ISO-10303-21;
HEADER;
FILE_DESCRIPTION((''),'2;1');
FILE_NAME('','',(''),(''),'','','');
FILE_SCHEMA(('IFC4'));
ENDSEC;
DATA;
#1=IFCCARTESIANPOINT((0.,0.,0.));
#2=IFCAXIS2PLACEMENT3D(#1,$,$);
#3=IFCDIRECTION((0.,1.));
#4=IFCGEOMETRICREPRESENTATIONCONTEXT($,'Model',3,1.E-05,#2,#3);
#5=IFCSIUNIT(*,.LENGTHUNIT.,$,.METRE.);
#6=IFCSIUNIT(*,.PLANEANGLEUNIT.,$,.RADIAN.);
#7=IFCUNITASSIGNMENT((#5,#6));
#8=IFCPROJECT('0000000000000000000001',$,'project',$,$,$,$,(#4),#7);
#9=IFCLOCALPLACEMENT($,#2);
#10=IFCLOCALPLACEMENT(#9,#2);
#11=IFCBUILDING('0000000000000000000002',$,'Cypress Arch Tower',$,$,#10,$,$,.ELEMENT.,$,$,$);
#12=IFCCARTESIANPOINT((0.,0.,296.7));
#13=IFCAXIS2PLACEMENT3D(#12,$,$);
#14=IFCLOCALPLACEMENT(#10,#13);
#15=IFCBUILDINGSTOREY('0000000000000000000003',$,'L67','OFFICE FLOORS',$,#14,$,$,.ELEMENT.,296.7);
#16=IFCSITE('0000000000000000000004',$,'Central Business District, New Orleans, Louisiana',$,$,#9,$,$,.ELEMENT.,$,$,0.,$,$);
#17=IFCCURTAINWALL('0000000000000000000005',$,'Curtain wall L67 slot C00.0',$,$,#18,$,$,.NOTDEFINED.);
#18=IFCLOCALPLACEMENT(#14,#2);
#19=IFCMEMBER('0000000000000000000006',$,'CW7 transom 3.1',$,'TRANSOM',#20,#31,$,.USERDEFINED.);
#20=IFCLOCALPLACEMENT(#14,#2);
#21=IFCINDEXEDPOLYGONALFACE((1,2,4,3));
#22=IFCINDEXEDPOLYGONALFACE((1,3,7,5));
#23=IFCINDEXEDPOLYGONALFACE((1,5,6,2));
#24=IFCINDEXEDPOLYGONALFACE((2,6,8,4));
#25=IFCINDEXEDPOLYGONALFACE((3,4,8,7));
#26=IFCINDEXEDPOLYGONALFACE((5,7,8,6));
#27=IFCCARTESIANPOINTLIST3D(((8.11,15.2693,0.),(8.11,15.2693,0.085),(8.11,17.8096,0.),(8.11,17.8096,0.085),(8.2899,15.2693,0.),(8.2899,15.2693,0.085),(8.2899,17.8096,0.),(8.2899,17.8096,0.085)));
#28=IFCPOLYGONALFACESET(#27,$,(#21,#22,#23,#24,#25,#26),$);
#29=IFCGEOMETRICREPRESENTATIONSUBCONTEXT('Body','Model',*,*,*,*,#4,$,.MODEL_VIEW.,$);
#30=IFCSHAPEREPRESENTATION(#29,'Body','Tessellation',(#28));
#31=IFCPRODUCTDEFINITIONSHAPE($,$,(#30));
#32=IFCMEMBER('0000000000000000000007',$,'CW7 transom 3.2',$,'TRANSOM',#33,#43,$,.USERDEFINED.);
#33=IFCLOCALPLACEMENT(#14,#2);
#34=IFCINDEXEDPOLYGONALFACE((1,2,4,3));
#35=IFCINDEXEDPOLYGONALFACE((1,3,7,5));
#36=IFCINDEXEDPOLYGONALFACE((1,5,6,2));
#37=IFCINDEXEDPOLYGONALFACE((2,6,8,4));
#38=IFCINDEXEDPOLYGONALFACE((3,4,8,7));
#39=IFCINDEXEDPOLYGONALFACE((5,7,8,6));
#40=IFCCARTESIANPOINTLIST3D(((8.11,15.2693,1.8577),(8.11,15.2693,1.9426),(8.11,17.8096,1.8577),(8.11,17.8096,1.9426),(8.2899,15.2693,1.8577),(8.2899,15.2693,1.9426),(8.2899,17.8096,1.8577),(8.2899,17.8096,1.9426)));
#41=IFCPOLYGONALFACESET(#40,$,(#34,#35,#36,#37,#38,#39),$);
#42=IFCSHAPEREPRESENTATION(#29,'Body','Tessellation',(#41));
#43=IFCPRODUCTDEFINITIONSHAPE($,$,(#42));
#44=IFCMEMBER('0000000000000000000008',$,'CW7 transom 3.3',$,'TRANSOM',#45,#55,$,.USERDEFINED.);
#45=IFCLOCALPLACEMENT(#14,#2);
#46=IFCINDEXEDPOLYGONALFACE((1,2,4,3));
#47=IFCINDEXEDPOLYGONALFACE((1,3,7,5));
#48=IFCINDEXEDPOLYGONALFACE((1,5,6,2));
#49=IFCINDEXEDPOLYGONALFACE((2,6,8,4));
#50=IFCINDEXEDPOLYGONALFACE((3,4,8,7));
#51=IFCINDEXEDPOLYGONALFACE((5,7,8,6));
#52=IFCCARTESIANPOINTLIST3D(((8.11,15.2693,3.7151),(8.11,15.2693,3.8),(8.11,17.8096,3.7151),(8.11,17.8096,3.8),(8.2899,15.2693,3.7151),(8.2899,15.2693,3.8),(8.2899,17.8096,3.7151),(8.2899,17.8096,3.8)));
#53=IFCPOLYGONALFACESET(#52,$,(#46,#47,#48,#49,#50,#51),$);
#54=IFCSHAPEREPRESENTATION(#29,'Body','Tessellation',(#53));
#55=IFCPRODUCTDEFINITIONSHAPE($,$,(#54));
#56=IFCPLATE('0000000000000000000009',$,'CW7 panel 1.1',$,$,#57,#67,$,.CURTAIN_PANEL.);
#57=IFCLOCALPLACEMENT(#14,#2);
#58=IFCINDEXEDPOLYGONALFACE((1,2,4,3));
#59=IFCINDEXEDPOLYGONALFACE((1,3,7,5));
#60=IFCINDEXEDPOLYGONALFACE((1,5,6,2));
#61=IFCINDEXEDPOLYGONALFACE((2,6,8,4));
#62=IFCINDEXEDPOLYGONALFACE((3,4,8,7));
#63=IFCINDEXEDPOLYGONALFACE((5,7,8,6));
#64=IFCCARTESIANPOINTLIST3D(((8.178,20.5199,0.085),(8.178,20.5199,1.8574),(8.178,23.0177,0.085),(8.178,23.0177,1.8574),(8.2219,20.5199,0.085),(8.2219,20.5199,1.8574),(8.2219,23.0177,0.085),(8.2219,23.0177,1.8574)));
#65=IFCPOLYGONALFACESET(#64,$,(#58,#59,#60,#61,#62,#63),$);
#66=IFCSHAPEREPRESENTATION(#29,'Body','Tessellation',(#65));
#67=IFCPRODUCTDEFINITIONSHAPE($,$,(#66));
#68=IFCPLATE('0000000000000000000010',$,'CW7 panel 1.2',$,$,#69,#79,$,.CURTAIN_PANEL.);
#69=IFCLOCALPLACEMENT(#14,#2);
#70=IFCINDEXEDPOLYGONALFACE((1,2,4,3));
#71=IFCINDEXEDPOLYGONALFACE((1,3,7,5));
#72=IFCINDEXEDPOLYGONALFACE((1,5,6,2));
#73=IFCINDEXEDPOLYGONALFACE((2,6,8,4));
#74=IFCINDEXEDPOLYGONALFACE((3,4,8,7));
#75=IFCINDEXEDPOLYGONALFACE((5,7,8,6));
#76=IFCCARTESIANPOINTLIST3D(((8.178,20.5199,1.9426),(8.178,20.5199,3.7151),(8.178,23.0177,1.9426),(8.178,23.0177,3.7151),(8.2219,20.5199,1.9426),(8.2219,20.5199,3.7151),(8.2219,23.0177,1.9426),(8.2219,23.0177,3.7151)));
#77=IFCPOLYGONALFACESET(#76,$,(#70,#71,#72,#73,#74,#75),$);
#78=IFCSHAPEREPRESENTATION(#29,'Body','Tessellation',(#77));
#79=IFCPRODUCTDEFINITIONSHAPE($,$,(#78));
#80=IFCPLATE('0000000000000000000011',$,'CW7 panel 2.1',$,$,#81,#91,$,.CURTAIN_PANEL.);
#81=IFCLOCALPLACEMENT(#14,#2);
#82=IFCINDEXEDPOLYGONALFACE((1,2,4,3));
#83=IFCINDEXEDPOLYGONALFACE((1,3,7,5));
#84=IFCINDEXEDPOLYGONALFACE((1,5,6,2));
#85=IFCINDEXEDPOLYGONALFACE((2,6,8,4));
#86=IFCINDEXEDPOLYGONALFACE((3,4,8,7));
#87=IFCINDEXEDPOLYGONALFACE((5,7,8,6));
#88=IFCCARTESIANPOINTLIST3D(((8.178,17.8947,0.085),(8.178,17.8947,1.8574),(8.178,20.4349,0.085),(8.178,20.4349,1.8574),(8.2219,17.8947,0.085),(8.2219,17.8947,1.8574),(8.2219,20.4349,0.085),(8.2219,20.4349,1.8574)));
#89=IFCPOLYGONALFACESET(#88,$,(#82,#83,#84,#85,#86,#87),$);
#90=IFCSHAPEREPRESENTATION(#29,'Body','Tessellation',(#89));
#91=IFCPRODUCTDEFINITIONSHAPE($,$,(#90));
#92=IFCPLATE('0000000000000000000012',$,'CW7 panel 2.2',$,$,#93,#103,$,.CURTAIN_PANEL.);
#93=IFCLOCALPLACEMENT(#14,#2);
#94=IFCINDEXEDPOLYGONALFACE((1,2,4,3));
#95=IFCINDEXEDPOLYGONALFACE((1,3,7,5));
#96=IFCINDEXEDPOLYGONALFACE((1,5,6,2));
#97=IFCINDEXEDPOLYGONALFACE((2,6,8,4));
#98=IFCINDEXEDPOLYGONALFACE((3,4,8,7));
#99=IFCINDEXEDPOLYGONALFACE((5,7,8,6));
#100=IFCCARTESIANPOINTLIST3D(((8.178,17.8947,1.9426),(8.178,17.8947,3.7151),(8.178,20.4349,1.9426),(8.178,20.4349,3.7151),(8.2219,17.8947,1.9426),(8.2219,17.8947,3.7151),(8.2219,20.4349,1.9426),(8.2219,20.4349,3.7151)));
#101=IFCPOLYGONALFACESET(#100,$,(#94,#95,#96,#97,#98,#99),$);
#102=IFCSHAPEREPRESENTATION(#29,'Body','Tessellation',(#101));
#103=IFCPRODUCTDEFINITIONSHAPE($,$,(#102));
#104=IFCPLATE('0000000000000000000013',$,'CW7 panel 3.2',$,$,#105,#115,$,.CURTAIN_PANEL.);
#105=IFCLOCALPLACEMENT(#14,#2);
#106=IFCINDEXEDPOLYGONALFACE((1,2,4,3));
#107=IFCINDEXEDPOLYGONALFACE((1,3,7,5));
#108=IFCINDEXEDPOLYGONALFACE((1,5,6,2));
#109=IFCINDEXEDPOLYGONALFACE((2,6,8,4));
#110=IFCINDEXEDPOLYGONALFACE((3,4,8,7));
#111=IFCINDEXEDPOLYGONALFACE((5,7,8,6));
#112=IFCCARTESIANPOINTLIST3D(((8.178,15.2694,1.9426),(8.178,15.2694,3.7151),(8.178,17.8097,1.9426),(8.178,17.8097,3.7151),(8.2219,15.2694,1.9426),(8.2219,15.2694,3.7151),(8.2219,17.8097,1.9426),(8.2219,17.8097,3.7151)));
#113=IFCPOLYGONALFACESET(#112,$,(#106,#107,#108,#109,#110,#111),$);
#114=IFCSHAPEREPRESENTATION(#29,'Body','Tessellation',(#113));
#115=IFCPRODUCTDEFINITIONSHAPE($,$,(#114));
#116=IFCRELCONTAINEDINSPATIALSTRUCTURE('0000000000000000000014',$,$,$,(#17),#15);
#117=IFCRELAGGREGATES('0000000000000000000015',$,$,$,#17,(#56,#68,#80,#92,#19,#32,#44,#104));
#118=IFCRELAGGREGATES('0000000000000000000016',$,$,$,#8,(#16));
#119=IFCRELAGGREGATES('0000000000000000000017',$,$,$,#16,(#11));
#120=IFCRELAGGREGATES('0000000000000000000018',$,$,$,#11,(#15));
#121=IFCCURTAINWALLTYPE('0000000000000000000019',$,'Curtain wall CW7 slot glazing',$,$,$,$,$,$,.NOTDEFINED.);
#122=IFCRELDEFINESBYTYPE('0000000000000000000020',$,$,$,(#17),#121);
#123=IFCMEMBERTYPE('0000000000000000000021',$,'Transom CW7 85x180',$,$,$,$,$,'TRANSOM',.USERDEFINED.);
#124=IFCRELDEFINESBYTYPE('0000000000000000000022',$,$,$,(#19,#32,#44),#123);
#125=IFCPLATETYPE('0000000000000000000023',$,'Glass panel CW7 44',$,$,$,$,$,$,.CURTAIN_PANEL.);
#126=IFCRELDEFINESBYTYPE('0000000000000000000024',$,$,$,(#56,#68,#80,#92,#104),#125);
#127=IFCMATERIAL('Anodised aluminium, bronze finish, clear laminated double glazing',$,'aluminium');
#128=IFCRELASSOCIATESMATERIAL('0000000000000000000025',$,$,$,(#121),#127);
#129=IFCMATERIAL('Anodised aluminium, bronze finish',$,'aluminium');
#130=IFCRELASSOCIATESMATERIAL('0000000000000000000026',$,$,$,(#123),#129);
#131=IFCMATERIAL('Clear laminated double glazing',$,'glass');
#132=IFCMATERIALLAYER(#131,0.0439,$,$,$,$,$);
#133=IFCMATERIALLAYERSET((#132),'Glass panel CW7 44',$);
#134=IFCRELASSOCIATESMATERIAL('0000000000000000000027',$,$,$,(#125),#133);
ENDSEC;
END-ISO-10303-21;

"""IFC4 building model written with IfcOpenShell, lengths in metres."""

from ifc_helpers import new_model, si_unit, direction, frame, origin, origin_2d, place, context, subcontext, project, spatial, rectangle, extrude, material, layer, layer_set, material_profile, profile_set, type_object, element, aggregate, save


model = new_model("IFC4")

# Units and contexts
model_context = context("Model", 3, precision=1e-05, world=origin(), true_north=direction((0.0, 1.0)))
body_context = subcontext(model_context, "Body", "Model", "MODEL_VIEW")
ifc_project = project(units=[si_unit("LENGTHUNIT", "METRE"), si_unit("PLANEANGLEUNIT", "RADIAN")], contexts=[model_context])

# Site, building, storey
site_placement = place(None, origin())
site = spatial("IfcSite", under=ifc_project, at=site_placement, Name="Central Business District, New Orleans, Louisiana", CompositionType="ELEMENT", RefElevation=0.0)
building_placement = place(site_placement, origin())
building = spatial("IfcBuilding", under=site, at=building_placement, Name="Cypress Arch Tower", CompositionType="ELEMENT")
storey_placement = place(building_placement, frame((0.0, 0.0, 296.7)))
storey = spatial("IfcBuildingStorey", under=building, at=storey_placement, Name="L67", Description="OFFICE FLOORS", CompositionType="ELEMENT", Elevation=296.7)

# Curtain wall, members, plates
ifc_material_1 = material(Name="Anodised aluminium, bronze finish, clear laminated double glazing", Category="aluminium")
curtain_wall_type = type_object("IfcCurtainWallType", Name="Curtain wall CW7 slot glazing", PredefinedType="NOTDEFINED", material=ifc_material_1)
curtain_wall_placement = place(storey_placement, origin())
curtain_wall = element("IfcCurtainWall", 1, at=curtain_wall_placement, inside=storey, type_object=curtain_wall_type, Name="Curtain wall L67 slot C00.0", PredefinedType="NOTDEFINED")
ifc_material_2 = material(Name="Anodised aluminium, bronze finish", Category="aluminium")
ifc_material_profile_1 = material_profile(ifc_material_2, rectangle(XDim=0.1799, YDim=0.085, at=origin_2d()), Name="Transom 85x180")
ifc_profile_set_1 = profile_set([ifc_material_profile_1], Name="Anodised aluminium, bronze finish")
member_type_1 = type_object("IfcMemberType", Name="Transom CW7 85x180", ElementType="TRANSOM", PredefinedType="USERDEFINED", material=ifc_profile_set_1)
member_1_placement = place(storey_placement, frame((8.2, 17.8096, 0.0425), z_axis=(0.0, -1.0, 0.0), x_axis=(1.0, 0.0, 0.0)))
member_1 = element("IfcMember", 2, at=member_1_placement, type_object=member_type_1, Name="CW7 transom 3.1", ObjectType="TRANSOM", PredefinedType="USERDEFINED", context=body_context, shape_type="SweptSolid", body=[
    extrude(rectangle(XDim=0.1799, YDim=0.085, at=origin_2d()), origin(), (0.0, 0.0, 1.0), 2.5403),
])
member_2_placement = place(storey_placement, frame((8.2, 17.8096, 1.9001), z_axis=(0.0, -1.0, 0.0), x_axis=(1.0, 0.0, 0.0)))
member_2 = element("IfcMember", 3, at=member_2_placement, type_object=member_type_1, Name="CW7 transom 3.2", ObjectType="TRANSOM", PredefinedType="USERDEFINED", context=body_context, shape_type="SweptSolid", body=[
    extrude(rectangle(XDim=0.1799, YDim=0.085, at=origin_2d()), origin(), (0.0, 0.0, 1.0), 2.5403),
])
member_3_placement = place(storey_placement, frame((8.2, 17.8096, 3.7576), z_axis=(0.0, -1.0, 0.0), x_axis=(1.0, 0.0, 0.0)))
member_3 = element("IfcMember", 4, at=member_3_placement, type_object=member_type_1, Name="CW7 transom 3.3", ObjectType="TRANSOM", PredefinedType="USERDEFINED", context=body_context, shape_type="SweptSolid", body=[
    extrude(rectangle(XDim=0.1799, YDim=0.085, at=origin_2d()), origin(), (0.0, 0.0, 1.0), 2.5403),
])
ifc_material_3 = material(Name="Clear laminated double glazing", Category="glass")
ifc_layer = layer(ifc_material_3, 0.0439)
ifc_layer_set = layer_set([ifc_layer], Name="Glass panel CW7 44")
plate_type = type_object("IfcPlateType", Name="Glass panel CW7 44", PredefinedType="CURTAIN_PANEL", material=ifc_layer_set)
plate_1_placement = place(storey_placement, frame((8.2, 21.7688, 0.085), z_axis=(0.0, 0.0, 1.0), x_axis=(0.0, -1.0, 0.0)))
plate_1 = element("IfcPlate", 5, at=plate_1_placement, type_object=plate_type, Name="CW7 panel 1.1", PredefinedType="CURTAIN_PANEL", context=body_context, shape_type="SweptSolid", body=[
    extrude(rectangle(XDim=2.4978, YDim=0.0439, at=origin_2d()), origin(), (0.0, 0.0, 1.0), 1.7725),
])
plate_2_placement = place(storey_placement, frame((8.2, 21.7688, 1.9426), z_axis=(0.0, 0.0, 1.0), x_axis=(0.0, -1.0, 0.0)))
plate_2 = element("IfcPlate", 6, at=plate_2_placement, type_object=plate_type, Name="CW7 panel 1.2", PredefinedType="CURTAIN_PANEL", context=body_context, shape_type="SweptSolid", body=[
    extrude(rectangle(XDim=2.4978, YDim=0.0439, at=origin_2d()), origin(), (0.0, 0.0, 1.0), 1.7725),
])
plate_3_placement = place(storey_placement, frame((8.2, 19.1648, 0.085), z_axis=(0.0, 0.0, 1.0), x_axis=(0.0, -1.0, 0.0)))
plate_3 = element("IfcPlate", 7, at=plate_3_placement, type_object=plate_type, Name="CW7 panel 2.1", PredefinedType="CURTAIN_PANEL", context=body_context, shape_type="SweptSolid", body=[
    extrude(rectangle(XDim=2.5403, YDim=0.0439, at=origin_2d()), origin(), (0.0, 0.0, 1.0), 1.7725),
])
plate_4_placement = place(storey_placement, frame((8.2, 19.1648, 1.9426), z_axis=(0.0, 0.0, 1.0), x_axis=(0.0, -1.0, 0.0)))
plate_4 = element("IfcPlate", 8, at=plate_4_placement, type_object=plate_type, Name="CW7 panel 2.2", PredefinedType="CURTAIN_PANEL", context=body_context, shape_type="SweptSolid", body=[
    extrude(rectangle(XDim=2.5403, YDim=0.0439, at=origin_2d()), origin(), (0.0, 0.0, 1.0), 1.7725),
])
plate_5_placement = place(storey_placement, frame((8.2, 16.5396, 1.9426), z_axis=(0.0, 0.0, 1.0), x_axis=(0.0, -1.0, 0.0)))
plate_5 = element("IfcPlate", 9, at=plate_5_placement, type_object=plate_type, Name="CW7 panel 3.2", PredefinedType="CURTAIN_PANEL", context=body_context, shape_type="SweptSolid", body=[
    extrude(rectangle(XDim=2.5403, YDim=0.0439, at=origin_2d()), origin(), (0.0, 0.0, 1.0), 1.7725),
])
aggregate(curtain_wall, [plate_1, plate_2, plate_3, plate_4, member_1, member_2, member_3, plate_5])

save(model, "model.ifc")
